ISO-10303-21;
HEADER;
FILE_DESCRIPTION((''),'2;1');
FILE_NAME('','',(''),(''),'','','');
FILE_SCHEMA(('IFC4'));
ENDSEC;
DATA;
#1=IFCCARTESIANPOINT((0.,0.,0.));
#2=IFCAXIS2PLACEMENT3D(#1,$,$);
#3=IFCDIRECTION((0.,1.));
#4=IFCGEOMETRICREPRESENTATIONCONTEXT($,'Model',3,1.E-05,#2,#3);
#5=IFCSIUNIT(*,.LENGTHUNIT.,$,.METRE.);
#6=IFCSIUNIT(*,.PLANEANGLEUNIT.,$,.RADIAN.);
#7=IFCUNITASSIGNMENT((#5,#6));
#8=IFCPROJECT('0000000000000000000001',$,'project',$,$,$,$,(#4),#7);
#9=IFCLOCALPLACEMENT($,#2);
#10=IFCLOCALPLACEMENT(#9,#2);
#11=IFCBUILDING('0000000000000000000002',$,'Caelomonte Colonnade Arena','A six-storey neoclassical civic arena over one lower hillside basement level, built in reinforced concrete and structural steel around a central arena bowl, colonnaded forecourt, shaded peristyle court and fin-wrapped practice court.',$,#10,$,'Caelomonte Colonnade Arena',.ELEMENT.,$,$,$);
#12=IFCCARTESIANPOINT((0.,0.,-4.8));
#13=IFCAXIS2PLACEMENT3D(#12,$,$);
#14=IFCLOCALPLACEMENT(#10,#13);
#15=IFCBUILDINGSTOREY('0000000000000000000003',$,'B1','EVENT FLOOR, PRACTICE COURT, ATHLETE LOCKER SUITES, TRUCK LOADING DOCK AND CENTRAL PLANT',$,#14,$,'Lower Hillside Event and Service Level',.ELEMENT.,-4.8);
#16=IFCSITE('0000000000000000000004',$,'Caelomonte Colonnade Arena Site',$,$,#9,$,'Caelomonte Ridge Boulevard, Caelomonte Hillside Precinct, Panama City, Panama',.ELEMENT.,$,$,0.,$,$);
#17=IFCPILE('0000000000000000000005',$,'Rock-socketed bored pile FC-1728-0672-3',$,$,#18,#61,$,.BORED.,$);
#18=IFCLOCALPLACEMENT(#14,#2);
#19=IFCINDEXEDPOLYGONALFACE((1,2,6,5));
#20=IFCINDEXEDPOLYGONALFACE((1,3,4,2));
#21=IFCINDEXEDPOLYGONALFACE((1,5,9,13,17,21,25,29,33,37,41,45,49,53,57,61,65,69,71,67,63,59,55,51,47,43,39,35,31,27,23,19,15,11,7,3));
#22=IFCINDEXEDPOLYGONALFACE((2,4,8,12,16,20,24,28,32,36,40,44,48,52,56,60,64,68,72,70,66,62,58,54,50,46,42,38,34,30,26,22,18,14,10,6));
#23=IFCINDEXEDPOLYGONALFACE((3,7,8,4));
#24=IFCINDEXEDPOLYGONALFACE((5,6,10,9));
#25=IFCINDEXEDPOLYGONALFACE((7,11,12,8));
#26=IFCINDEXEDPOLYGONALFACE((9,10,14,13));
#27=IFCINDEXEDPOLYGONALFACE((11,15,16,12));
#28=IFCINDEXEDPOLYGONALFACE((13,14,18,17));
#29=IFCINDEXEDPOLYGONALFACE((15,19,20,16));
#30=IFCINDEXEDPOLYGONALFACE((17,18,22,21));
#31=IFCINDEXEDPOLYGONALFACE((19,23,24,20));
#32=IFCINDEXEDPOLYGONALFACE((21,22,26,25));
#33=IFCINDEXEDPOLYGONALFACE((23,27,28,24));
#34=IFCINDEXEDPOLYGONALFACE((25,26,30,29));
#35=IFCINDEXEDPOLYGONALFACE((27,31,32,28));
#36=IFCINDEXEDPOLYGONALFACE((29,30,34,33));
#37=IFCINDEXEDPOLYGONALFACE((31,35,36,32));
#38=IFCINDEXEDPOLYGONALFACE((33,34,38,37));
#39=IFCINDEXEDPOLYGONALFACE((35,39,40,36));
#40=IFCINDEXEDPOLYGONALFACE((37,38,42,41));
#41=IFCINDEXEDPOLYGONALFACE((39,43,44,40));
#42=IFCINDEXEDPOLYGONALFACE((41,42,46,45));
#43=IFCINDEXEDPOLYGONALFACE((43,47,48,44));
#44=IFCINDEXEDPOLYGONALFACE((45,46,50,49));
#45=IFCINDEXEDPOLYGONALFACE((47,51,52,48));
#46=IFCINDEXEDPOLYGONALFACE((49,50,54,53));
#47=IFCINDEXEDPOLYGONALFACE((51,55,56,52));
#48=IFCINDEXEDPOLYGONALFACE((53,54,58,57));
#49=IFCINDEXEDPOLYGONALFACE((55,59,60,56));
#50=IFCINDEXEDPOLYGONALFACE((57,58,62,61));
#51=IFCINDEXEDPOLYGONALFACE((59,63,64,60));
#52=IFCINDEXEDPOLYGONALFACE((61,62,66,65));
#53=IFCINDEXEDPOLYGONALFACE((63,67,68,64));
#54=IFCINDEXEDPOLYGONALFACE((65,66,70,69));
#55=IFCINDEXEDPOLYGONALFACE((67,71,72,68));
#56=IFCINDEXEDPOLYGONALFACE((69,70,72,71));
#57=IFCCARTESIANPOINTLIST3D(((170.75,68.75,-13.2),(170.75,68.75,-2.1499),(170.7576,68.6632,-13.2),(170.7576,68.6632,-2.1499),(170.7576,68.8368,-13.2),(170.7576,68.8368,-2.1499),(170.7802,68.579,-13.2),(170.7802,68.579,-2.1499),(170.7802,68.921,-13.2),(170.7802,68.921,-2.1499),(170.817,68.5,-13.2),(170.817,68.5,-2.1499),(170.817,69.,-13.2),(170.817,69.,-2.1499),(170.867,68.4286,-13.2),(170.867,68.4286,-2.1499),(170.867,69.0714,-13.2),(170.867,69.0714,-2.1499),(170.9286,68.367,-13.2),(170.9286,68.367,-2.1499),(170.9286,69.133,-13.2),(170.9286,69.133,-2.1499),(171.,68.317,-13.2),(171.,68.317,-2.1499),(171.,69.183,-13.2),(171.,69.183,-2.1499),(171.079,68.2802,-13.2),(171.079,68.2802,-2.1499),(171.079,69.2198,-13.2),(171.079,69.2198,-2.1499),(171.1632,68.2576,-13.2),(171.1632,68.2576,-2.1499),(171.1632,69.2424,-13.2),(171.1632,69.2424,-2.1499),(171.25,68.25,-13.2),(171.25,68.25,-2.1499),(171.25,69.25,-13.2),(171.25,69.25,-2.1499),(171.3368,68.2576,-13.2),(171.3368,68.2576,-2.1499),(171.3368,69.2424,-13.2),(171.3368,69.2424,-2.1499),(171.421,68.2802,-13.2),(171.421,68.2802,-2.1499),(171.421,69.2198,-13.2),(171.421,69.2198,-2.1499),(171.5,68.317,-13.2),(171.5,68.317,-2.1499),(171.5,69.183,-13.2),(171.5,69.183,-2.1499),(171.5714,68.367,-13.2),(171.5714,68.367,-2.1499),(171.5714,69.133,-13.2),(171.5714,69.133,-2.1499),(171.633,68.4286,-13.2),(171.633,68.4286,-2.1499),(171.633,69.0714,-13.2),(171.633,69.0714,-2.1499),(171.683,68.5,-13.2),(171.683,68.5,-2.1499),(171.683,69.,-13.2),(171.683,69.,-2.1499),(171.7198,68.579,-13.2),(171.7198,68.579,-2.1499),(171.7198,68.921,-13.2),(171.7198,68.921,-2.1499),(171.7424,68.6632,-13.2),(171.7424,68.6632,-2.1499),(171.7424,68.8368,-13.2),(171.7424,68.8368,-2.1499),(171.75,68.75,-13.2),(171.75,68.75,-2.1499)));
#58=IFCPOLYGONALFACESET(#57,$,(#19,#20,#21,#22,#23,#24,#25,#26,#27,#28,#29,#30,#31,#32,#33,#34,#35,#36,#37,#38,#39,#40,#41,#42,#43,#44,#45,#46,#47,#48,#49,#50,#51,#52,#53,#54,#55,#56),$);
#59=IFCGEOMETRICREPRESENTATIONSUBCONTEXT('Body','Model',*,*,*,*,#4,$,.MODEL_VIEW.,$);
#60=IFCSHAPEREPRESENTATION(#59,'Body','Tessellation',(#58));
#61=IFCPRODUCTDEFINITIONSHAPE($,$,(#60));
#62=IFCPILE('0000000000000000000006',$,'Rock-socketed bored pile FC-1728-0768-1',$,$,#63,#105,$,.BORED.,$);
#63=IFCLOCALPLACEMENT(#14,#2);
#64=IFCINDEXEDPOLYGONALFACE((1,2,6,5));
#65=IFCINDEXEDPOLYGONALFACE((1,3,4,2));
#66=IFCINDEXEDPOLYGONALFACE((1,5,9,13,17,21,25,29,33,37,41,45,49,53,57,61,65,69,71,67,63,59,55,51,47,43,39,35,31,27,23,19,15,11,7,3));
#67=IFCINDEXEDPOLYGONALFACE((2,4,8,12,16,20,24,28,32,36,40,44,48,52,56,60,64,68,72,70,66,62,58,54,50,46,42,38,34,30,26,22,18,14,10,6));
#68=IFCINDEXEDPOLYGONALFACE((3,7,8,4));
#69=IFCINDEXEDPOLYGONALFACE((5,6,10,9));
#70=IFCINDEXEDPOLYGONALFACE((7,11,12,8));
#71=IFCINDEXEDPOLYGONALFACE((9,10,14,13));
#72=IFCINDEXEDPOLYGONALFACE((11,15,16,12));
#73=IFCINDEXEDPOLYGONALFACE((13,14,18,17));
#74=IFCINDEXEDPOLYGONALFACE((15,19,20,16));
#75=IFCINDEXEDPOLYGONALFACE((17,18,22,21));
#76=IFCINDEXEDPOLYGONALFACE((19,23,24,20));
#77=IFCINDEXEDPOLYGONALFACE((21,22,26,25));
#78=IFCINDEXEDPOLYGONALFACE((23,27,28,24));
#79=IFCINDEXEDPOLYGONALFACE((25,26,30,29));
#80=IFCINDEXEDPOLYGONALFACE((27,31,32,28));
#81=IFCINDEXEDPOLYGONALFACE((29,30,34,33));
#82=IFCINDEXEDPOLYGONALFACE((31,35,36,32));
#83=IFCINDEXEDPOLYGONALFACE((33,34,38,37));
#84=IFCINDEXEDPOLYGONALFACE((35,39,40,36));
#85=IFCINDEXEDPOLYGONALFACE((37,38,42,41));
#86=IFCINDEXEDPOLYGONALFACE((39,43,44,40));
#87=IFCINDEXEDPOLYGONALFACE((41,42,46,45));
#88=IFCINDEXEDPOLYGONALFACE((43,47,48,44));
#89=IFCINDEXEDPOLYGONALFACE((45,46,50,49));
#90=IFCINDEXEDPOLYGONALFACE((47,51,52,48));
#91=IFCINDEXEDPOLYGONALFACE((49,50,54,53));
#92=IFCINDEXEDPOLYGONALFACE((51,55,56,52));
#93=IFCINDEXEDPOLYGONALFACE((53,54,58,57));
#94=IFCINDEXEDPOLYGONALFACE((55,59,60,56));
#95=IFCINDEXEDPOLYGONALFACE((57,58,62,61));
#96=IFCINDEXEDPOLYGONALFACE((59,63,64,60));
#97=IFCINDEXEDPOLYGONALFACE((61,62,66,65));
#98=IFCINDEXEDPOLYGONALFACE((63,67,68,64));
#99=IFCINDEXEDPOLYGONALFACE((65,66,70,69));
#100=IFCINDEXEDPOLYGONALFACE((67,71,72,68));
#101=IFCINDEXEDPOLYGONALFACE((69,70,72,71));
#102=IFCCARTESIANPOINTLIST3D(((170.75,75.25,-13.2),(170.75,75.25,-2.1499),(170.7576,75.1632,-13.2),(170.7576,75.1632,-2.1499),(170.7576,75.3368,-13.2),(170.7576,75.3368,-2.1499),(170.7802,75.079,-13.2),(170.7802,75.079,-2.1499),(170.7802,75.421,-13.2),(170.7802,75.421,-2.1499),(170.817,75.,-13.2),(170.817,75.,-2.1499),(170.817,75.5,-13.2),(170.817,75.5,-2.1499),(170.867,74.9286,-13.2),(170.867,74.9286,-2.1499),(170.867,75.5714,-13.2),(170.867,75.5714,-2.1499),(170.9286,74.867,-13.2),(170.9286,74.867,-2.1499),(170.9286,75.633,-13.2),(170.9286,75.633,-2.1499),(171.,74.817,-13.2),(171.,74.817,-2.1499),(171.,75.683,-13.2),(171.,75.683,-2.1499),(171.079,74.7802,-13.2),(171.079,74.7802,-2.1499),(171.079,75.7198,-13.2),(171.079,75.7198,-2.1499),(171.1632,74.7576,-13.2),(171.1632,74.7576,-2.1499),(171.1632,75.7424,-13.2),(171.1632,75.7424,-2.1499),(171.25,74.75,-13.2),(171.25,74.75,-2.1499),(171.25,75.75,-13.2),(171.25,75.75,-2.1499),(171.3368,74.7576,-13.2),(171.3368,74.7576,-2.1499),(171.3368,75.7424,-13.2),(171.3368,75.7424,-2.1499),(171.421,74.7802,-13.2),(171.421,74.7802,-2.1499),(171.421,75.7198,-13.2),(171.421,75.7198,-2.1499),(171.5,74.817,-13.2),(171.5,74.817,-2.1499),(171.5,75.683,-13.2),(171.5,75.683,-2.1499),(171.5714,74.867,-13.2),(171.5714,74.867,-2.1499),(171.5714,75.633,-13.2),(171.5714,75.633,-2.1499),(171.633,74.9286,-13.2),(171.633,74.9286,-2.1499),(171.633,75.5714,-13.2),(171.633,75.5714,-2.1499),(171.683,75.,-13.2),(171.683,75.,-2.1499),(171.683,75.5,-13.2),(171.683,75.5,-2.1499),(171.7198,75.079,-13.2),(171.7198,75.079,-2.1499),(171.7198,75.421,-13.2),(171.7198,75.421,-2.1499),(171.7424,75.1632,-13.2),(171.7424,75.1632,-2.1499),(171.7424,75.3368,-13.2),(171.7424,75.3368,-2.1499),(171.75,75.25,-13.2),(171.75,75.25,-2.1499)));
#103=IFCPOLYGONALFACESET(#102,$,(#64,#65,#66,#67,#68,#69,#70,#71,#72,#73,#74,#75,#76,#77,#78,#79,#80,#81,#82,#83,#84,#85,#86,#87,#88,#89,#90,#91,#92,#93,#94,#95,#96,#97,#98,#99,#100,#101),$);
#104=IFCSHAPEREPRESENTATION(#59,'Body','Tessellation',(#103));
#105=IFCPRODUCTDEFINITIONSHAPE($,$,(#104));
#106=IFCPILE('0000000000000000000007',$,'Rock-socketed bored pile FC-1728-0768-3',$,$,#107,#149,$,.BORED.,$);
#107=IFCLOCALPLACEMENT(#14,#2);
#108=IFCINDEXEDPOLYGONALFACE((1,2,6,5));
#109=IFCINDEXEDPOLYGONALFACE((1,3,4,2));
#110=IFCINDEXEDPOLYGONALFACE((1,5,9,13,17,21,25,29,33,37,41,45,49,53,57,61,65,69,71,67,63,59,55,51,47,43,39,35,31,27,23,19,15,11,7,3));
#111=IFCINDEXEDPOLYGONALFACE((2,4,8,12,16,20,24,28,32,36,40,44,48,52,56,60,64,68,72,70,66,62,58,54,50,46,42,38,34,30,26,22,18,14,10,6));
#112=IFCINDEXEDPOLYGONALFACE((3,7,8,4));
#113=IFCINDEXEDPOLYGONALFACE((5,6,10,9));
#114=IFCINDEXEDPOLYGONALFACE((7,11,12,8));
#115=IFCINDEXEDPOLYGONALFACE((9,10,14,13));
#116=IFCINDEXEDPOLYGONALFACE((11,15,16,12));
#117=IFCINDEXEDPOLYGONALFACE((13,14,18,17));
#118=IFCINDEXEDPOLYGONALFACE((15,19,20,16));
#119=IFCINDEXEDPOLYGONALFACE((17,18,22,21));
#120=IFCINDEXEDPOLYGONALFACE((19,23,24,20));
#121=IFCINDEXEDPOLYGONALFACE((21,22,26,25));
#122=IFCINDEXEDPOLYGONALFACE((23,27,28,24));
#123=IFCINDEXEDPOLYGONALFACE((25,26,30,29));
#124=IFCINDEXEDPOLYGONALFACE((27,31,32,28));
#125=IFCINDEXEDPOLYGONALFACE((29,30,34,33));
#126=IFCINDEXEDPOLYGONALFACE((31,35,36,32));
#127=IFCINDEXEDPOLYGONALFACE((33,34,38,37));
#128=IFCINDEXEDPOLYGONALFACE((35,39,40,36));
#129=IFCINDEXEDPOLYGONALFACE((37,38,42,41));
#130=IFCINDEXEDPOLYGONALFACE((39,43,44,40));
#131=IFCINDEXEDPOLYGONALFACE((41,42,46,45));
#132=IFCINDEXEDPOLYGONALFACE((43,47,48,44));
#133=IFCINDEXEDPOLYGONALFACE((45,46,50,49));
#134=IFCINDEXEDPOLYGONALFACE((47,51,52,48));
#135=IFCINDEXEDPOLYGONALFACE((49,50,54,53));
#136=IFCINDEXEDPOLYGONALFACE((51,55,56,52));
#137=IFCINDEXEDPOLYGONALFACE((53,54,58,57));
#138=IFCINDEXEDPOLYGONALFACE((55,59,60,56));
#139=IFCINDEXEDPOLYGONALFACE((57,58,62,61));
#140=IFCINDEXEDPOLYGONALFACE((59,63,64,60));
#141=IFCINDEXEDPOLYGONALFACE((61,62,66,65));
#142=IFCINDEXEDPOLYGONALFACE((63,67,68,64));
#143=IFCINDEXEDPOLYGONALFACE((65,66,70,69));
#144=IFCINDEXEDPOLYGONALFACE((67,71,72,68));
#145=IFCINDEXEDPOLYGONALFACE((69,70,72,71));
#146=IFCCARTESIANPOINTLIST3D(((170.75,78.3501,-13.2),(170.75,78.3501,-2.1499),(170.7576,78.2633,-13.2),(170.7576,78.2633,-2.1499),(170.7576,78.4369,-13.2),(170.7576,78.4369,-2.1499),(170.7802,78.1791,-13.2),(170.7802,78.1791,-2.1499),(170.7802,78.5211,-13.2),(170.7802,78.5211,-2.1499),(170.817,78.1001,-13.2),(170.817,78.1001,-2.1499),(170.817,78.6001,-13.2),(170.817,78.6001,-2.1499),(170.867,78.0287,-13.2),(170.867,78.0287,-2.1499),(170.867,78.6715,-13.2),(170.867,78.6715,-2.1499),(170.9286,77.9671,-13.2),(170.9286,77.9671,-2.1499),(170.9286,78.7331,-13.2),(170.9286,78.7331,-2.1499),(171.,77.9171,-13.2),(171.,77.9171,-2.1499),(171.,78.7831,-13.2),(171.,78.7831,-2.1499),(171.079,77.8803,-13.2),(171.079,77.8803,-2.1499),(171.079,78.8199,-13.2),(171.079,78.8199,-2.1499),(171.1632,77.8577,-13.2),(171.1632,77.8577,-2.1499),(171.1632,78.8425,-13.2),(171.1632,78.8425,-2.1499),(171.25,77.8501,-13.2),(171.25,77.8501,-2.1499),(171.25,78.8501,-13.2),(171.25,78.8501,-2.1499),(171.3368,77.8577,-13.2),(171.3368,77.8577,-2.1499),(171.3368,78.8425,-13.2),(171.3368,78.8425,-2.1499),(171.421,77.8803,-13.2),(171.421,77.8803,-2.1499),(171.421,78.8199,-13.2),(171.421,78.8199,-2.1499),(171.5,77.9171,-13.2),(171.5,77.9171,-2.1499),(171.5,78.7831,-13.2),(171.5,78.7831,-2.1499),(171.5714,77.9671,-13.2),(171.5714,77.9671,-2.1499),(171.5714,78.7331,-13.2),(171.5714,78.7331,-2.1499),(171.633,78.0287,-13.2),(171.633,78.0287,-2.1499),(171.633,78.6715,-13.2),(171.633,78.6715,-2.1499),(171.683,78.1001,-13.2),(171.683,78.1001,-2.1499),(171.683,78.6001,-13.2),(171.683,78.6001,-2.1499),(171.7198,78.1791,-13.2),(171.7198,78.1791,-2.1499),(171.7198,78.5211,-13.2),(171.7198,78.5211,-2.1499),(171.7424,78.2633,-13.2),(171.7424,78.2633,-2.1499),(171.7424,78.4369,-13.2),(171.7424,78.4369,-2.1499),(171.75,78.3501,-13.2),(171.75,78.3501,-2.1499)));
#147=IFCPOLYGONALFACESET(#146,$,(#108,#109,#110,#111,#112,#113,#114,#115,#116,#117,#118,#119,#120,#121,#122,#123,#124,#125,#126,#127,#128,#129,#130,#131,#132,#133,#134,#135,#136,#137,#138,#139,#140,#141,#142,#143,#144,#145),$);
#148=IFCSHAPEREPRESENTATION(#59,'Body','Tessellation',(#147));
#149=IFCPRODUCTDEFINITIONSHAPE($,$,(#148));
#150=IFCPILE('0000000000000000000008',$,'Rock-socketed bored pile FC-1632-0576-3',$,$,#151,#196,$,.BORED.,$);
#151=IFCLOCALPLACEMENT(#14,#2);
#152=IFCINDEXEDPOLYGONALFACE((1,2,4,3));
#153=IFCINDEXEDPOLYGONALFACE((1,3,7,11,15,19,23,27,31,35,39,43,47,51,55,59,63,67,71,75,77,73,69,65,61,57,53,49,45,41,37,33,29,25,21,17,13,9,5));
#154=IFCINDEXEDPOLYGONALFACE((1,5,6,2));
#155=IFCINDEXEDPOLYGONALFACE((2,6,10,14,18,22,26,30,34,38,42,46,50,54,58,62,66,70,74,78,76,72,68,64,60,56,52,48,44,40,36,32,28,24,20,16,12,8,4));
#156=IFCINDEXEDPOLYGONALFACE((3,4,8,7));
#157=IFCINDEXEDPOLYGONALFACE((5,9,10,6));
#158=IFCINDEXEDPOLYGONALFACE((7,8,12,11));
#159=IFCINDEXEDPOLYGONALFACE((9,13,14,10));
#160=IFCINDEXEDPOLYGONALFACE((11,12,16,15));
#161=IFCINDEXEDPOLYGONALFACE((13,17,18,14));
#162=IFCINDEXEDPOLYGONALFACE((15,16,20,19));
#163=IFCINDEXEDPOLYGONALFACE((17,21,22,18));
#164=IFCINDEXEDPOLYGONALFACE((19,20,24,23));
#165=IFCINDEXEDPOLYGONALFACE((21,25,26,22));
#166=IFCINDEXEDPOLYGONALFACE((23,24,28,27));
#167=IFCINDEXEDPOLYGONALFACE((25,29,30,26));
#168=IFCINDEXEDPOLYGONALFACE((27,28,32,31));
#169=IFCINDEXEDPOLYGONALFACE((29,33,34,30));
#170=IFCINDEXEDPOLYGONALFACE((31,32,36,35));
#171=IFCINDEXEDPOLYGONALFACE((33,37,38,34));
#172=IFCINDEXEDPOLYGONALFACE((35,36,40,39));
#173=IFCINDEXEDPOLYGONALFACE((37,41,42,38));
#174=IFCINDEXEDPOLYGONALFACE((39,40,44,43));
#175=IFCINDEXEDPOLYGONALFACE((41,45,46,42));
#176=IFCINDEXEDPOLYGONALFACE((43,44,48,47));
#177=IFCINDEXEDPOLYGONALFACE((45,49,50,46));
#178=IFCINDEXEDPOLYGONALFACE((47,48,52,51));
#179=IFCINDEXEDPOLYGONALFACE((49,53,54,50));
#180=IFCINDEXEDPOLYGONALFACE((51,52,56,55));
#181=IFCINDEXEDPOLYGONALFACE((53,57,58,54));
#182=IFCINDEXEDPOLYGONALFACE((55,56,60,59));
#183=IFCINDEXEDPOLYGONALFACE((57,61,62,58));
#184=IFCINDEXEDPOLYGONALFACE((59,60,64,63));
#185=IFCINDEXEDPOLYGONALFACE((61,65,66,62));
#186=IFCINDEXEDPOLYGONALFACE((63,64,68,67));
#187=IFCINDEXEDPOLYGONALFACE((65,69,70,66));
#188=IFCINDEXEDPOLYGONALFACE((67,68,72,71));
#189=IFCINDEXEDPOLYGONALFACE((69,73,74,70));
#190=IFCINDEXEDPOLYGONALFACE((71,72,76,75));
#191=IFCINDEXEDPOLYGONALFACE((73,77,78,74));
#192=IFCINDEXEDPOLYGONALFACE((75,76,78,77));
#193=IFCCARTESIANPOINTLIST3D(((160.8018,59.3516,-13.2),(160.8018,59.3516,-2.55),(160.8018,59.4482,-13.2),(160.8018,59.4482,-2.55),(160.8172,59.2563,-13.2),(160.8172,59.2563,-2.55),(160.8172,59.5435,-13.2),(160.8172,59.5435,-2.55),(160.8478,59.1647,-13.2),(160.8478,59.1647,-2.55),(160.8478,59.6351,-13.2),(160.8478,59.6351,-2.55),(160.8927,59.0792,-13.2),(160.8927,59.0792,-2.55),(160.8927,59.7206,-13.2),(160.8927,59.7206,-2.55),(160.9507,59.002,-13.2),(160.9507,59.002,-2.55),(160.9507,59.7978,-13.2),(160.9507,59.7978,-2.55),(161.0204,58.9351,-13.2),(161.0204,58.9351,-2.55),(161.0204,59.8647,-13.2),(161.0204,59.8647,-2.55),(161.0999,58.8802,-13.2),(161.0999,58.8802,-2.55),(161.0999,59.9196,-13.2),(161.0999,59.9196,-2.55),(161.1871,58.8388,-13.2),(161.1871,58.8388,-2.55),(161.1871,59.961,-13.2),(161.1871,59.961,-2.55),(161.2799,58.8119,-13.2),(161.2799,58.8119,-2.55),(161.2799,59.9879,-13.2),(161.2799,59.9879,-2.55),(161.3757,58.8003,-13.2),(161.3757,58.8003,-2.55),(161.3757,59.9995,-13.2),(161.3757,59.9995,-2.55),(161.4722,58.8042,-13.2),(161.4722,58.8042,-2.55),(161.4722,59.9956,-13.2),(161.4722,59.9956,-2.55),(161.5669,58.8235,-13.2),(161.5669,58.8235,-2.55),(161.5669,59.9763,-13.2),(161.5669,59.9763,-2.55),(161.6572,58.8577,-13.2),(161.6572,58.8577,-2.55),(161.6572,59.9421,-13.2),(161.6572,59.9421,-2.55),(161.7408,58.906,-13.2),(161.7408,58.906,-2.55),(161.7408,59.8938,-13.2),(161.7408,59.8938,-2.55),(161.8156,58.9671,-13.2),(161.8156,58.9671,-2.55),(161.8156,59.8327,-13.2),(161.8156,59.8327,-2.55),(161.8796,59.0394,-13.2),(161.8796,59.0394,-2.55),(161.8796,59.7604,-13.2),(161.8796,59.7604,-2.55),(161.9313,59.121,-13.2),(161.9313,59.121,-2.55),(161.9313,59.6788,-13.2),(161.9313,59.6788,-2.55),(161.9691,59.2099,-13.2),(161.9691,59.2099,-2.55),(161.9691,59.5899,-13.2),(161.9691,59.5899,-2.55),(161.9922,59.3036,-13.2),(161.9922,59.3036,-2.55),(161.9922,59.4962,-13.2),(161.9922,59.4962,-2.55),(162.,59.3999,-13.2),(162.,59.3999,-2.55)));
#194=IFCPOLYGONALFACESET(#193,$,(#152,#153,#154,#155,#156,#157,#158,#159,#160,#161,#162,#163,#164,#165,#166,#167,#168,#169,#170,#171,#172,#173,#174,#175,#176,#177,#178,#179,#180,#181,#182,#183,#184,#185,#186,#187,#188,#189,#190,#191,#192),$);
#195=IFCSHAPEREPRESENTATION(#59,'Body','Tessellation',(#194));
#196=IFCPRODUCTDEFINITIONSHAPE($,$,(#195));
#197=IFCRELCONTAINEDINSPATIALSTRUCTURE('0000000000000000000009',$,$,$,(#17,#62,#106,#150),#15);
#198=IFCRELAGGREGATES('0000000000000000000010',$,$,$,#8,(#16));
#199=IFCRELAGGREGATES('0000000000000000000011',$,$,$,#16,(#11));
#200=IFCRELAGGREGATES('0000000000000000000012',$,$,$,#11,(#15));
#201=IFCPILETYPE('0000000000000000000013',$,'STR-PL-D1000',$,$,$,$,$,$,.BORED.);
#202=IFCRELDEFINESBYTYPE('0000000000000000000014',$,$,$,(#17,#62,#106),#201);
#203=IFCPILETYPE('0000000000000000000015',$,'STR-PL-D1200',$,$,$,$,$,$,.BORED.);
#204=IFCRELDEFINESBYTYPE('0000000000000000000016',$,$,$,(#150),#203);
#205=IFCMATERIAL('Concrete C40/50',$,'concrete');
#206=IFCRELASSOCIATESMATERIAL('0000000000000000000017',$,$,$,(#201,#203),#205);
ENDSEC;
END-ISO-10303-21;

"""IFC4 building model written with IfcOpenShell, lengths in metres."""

from ifc_helpers import new_model, si_unit, direction, frame, origin, origin_2d, place, context, subcontext, project, spatial, circle, extrude, material, material_profile, profile_set, type_object, element, save


model = new_model("IFC4")

# Units and contexts
model_context = context("Model", 3, precision=1e-05, world=origin(), true_north=direction((0.0, 1.0)))
body_context = subcontext(model_context, "Body", "Model", "MODEL_VIEW")
ifc_project = project(units=[si_unit("LENGTHUNIT", "METRE"), si_unit("PLANEANGLEUNIT", "RADIAN")], contexts=[model_context])

# Site, building, storey
site_placement = place(None, origin())
site = spatial("IfcSite", under=ifc_project, at=site_placement, Name="Caelomonte Colonnade Arena Site", LongName="Caelomonte Ridge Boulevard, Caelomonte Hillside Precinct, Panama City, Panama", CompositionType="ELEMENT", RefElevation=0.0)
building_placement = place(site_placement, origin())
building = spatial("IfcBuilding", under=site, at=building_placement, Name="Caelomonte Colonnade Arena", Description="A six-storey neoclassical civic arena over one lower hillside basement level, built in reinforced concrete and structural steel around a central arena bowl, colonnaded forecourt, shaded peristyle court and fin-wrapped practice court.", LongName="Caelomonte Colonnade Arena", CompositionType="ELEMENT")
storey_placement = place(building_placement, frame((0.0, 0.0, -4.8)))
storey = spatial("IfcBuildingStorey", under=building, at=storey_placement, Name="B1", Description="EVENT FLOOR, PRACTICE COURT, ATHLETE LOCKER SUITES, TRUCK LOADING DOCK AND CENTRAL PLANT", LongName="Lower Hillside Event and Service Level", CompositionType="ELEMENT", Elevation=-4.8)

# Shared definitions
ifc_material_1 = material(Name="Concrete C40/50", Category="concrete")

# Piles
ifc_material_profile_1 = material_profile(ifc_material_1, circle(Radius=0.5, at=origin_2d()), Name="PILE-D1000")
ifc_profile_set_1 = profile_set([ifc_material_profile_1], Name="Concrete C40/50")
pile_type_1 = type_object("IfcPileType", Name="STR-PL-D1000", PredefinedType="BORED", material=ifc_profile_set_1)
for number, where, z_axis, x_axis, name in (
    (1, (171.25, 68.75, -2.1499), (0.0, 0.0, -1.0), (1.0, 0.0, 0.0), "Rock-socketed bored pile FC-1728-0672-3"),
    (2, (171.25, 75.25, -2.1499), (0.0, 0.0, -1.0), (1.0, 0.0, 0.0), "Rock-socketed bored pile FC-1728-0768-1"),
    (3, (171.25, 78.3501, -2.1499), (0.0, 0.0, -1.0), (1.0, 0.0, 0.0), "Rock-socketed bored pile FC-1728-0768-3"),
):
    element("IfcPile", number, at=place(storey_placement, frame(where, z_axis=z_axis, x_axis=x_axis)), inside=storey, type_object=pile_type_1, Name=name, PredefinedType="BORED", context=body_context, shape_type="SweptSolid", body=[
        extrude(circle(Radius=0.5, at=origin_2d()), origin(), (0.0, 0.0, 1.0), 11.05),
    ])
ifc_material_profile_2 = material_profile(ifc_material_1, circle(Radius=0.6001, at=origin_2d()), Name="PILE-D1200")
ifc_profile_set_2 = profile_set([ifc_material_profile_2], Name="Concrete C40/50")
pile_type_2 = type_object("IfcPileType", Name="STR-PL-D1200", PredefinedType="BORED", material=ifc_profile_set_2)
for number, where, z_axis, x_axis, name in (
    (4, (161.3999, 59.3999, -2.55), (0.0, 0.0, -1.0), (1.0, 0.0, 0.0), "Rock-socketed bored pile FC-1632-0576-3"),
):
    element("IfcPile", number, at=place(storey_placement, frame(where, z_axis=z_axis, x_axis=x_axis)), inside=storey, type_object=pile_type_2, Name=name, PredefinedType="BORED", context=body_context, shape_type="SweptSolid", body=[
        extrude(circle(Radius=0.6001, at=origin_2d()), origin(), (0.0, 0.0, 1.0), 10.6499),
    ])

save(model, "model.ifc")
